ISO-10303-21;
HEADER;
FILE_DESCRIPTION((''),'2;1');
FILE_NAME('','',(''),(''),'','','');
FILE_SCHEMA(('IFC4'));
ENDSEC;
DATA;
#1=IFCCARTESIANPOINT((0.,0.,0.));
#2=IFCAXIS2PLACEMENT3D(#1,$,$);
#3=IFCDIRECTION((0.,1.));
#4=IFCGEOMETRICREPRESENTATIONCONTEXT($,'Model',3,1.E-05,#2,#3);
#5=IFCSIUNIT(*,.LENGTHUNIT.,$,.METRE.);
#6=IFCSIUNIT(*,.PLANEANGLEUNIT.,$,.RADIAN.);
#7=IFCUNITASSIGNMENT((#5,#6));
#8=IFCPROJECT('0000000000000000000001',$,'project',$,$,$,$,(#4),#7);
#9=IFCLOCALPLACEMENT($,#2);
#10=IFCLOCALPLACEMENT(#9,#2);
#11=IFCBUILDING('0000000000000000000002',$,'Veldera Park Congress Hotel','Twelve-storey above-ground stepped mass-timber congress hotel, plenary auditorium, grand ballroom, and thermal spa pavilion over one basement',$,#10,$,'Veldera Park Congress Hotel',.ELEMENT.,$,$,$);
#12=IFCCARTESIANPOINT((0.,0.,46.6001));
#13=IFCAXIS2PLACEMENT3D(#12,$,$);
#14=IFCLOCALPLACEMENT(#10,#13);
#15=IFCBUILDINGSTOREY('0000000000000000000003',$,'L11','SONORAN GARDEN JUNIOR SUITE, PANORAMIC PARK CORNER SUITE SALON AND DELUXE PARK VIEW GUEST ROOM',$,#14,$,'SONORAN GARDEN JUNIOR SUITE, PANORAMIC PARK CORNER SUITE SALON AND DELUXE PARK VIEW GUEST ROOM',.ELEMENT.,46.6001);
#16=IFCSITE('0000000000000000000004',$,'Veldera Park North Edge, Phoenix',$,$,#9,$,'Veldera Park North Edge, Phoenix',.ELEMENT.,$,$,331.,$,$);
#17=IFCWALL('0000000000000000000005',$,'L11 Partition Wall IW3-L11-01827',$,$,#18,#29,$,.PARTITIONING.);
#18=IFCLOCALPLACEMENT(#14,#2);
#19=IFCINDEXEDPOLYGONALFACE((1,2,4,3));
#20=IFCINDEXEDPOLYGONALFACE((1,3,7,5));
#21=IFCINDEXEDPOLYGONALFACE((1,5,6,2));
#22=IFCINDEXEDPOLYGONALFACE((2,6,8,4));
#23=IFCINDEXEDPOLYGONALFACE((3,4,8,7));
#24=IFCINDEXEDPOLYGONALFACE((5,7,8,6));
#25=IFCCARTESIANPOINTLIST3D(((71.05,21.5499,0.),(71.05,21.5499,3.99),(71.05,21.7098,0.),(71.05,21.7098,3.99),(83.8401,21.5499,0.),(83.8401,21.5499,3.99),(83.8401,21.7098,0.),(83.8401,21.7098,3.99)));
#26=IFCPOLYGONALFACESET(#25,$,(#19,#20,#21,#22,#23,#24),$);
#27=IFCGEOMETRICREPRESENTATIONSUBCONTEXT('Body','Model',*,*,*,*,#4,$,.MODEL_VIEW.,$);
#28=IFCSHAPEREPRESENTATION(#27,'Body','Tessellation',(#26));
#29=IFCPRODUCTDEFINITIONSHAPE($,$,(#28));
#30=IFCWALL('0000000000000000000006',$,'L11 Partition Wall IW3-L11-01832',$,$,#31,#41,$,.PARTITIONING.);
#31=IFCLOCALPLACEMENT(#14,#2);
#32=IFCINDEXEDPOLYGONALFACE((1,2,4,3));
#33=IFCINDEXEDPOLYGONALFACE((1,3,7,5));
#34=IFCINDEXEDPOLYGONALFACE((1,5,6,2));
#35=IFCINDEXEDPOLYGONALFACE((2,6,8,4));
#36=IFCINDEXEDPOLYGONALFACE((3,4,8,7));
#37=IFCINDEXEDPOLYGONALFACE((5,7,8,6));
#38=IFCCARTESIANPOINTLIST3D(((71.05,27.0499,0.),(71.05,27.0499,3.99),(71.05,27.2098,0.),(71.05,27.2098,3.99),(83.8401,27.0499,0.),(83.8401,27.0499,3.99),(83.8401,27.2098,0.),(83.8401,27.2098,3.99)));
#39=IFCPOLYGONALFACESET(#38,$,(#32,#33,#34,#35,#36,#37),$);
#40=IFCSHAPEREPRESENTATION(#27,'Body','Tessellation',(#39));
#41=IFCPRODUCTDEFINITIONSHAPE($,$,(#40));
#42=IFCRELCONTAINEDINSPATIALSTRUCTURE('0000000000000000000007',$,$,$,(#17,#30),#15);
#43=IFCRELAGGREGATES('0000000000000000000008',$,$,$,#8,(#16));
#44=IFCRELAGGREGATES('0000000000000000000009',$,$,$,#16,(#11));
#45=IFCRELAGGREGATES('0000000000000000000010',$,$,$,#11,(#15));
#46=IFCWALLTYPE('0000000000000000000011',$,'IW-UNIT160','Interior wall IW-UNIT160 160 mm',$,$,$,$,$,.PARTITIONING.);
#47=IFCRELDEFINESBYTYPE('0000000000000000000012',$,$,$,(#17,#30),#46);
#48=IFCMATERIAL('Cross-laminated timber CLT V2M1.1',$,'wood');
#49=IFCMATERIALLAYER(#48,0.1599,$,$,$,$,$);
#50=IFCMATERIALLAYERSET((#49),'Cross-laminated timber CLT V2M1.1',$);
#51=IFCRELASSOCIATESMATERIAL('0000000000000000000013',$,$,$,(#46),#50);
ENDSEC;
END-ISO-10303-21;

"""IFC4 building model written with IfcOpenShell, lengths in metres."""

from ifc_helpers import new_model, si_unit, direction, frame, frame_2d, origin, place, context, subcontext, project, spatial, rectangle, extrude, material, layer, layer_set, type_object, element, save


model = new_model("IFC4")

# Units and contexts
model_context = context("Model", 3, precision=1e-05, world=origin(), true_north=direction((0.0, 1.0)))
body_context = subcontext(model_context, "Body", "Model", "MODEL_VIEW")
ifc_project = project(units=[si_unit("LENGTHUNIT", "METRE"), si_unit("PLANEANGLEUNIT", "RADIAN")], contexts=[model_context])

# Site, building, storey
site_placement = place(None, origin())
site = spatial("IfcSite", under=ifc_project, at=site_placement, Name="Veldera Park North Edge, Phoenix", LongName="Veldera Park North Edge, Phoenix", CompositionType="ELEMENT", RefElevation=331.0)
building_placement = place(site_placement, origin())
building = spatial("IfcBuilding", under=site, at=building_placement, Name="Veldera Park Congress Hotel", Description="Twelve-storey above-ground stepped mass-timber congress hotel, plenary auditorium, grand ballroom, and thermal spa pavilion over one basement", LongName="Veldera Park Congress Hotel", CompositionType="ELEMENT")
storey_placement = place(building_placement, frame((0.0, 0.0, 46.6001)))
storey = spatial("IfcBuildingStorey", under=building, at=storey_placement, Name="L11", Description="SONORAN GARDEN JUNIOR SUITE, PANORAMIC PARK CORNER SUITE SALON AND DELUXE PARK VIEW GUEST ROOM", LongName="SONORAN GARDEN JUNIOR SUITE, PANORAMIC PARK CORNER SUITE SALON AND DELUXE PARK VIEW GUEST ROOM", CompositionType="ELEMENT", Elevation=46.6001)

# Shared definitions
ifc_material_1 = material(Name="Cross-laminated timber CLT V2M1.1", Category="wood")

# Walls
ifc_layer_1 = layer(ifc_material_1, 0.1599)
ifc_layer_set_1 = layer_set([ifc_layer_1], Name="Cross-laminated timber CLT V2M1.1")
wall_type_1 = type_object("IfcWallType", Name="IW-UNIT160", Description="Interior wall IW-UNIT160 160 mm", PredefinedType="PARTITIONING", material=ifc_layer_set_1)
for number, where, z_axis, x_axis, name in (
    (1, (71.05, 21.6299, 0.0), (0.0, 0.0, 1.0), (1.0, 0.0, 0.0), "L11 Partition Wall IW3-L11-01827"),
    (2, (71.05, 27.1299, 0.0), (0.0, 0.0, 1.0), (1.0, 0.0, 0.0), "L11 Partition Wall IW3-L11-01832"),
):
    element("IfcWall", number, at=place(storey_placement, frame(where, z_axis=z_axis, x_axis=x_axis)), inside=storey, type_object=wall_type_1, Name=name, PredefinedType="PARTITIONING", context=body_context, shape_type="SweptSolid", body=[
        extrude(rectangle(XDim=12.79, YDim=0.1599, at=frame_2d((6.395, 0.0))), origin(), (0.0, 0.0, 1.0), 3.99),
    ])

save(model, "model.ifc")
